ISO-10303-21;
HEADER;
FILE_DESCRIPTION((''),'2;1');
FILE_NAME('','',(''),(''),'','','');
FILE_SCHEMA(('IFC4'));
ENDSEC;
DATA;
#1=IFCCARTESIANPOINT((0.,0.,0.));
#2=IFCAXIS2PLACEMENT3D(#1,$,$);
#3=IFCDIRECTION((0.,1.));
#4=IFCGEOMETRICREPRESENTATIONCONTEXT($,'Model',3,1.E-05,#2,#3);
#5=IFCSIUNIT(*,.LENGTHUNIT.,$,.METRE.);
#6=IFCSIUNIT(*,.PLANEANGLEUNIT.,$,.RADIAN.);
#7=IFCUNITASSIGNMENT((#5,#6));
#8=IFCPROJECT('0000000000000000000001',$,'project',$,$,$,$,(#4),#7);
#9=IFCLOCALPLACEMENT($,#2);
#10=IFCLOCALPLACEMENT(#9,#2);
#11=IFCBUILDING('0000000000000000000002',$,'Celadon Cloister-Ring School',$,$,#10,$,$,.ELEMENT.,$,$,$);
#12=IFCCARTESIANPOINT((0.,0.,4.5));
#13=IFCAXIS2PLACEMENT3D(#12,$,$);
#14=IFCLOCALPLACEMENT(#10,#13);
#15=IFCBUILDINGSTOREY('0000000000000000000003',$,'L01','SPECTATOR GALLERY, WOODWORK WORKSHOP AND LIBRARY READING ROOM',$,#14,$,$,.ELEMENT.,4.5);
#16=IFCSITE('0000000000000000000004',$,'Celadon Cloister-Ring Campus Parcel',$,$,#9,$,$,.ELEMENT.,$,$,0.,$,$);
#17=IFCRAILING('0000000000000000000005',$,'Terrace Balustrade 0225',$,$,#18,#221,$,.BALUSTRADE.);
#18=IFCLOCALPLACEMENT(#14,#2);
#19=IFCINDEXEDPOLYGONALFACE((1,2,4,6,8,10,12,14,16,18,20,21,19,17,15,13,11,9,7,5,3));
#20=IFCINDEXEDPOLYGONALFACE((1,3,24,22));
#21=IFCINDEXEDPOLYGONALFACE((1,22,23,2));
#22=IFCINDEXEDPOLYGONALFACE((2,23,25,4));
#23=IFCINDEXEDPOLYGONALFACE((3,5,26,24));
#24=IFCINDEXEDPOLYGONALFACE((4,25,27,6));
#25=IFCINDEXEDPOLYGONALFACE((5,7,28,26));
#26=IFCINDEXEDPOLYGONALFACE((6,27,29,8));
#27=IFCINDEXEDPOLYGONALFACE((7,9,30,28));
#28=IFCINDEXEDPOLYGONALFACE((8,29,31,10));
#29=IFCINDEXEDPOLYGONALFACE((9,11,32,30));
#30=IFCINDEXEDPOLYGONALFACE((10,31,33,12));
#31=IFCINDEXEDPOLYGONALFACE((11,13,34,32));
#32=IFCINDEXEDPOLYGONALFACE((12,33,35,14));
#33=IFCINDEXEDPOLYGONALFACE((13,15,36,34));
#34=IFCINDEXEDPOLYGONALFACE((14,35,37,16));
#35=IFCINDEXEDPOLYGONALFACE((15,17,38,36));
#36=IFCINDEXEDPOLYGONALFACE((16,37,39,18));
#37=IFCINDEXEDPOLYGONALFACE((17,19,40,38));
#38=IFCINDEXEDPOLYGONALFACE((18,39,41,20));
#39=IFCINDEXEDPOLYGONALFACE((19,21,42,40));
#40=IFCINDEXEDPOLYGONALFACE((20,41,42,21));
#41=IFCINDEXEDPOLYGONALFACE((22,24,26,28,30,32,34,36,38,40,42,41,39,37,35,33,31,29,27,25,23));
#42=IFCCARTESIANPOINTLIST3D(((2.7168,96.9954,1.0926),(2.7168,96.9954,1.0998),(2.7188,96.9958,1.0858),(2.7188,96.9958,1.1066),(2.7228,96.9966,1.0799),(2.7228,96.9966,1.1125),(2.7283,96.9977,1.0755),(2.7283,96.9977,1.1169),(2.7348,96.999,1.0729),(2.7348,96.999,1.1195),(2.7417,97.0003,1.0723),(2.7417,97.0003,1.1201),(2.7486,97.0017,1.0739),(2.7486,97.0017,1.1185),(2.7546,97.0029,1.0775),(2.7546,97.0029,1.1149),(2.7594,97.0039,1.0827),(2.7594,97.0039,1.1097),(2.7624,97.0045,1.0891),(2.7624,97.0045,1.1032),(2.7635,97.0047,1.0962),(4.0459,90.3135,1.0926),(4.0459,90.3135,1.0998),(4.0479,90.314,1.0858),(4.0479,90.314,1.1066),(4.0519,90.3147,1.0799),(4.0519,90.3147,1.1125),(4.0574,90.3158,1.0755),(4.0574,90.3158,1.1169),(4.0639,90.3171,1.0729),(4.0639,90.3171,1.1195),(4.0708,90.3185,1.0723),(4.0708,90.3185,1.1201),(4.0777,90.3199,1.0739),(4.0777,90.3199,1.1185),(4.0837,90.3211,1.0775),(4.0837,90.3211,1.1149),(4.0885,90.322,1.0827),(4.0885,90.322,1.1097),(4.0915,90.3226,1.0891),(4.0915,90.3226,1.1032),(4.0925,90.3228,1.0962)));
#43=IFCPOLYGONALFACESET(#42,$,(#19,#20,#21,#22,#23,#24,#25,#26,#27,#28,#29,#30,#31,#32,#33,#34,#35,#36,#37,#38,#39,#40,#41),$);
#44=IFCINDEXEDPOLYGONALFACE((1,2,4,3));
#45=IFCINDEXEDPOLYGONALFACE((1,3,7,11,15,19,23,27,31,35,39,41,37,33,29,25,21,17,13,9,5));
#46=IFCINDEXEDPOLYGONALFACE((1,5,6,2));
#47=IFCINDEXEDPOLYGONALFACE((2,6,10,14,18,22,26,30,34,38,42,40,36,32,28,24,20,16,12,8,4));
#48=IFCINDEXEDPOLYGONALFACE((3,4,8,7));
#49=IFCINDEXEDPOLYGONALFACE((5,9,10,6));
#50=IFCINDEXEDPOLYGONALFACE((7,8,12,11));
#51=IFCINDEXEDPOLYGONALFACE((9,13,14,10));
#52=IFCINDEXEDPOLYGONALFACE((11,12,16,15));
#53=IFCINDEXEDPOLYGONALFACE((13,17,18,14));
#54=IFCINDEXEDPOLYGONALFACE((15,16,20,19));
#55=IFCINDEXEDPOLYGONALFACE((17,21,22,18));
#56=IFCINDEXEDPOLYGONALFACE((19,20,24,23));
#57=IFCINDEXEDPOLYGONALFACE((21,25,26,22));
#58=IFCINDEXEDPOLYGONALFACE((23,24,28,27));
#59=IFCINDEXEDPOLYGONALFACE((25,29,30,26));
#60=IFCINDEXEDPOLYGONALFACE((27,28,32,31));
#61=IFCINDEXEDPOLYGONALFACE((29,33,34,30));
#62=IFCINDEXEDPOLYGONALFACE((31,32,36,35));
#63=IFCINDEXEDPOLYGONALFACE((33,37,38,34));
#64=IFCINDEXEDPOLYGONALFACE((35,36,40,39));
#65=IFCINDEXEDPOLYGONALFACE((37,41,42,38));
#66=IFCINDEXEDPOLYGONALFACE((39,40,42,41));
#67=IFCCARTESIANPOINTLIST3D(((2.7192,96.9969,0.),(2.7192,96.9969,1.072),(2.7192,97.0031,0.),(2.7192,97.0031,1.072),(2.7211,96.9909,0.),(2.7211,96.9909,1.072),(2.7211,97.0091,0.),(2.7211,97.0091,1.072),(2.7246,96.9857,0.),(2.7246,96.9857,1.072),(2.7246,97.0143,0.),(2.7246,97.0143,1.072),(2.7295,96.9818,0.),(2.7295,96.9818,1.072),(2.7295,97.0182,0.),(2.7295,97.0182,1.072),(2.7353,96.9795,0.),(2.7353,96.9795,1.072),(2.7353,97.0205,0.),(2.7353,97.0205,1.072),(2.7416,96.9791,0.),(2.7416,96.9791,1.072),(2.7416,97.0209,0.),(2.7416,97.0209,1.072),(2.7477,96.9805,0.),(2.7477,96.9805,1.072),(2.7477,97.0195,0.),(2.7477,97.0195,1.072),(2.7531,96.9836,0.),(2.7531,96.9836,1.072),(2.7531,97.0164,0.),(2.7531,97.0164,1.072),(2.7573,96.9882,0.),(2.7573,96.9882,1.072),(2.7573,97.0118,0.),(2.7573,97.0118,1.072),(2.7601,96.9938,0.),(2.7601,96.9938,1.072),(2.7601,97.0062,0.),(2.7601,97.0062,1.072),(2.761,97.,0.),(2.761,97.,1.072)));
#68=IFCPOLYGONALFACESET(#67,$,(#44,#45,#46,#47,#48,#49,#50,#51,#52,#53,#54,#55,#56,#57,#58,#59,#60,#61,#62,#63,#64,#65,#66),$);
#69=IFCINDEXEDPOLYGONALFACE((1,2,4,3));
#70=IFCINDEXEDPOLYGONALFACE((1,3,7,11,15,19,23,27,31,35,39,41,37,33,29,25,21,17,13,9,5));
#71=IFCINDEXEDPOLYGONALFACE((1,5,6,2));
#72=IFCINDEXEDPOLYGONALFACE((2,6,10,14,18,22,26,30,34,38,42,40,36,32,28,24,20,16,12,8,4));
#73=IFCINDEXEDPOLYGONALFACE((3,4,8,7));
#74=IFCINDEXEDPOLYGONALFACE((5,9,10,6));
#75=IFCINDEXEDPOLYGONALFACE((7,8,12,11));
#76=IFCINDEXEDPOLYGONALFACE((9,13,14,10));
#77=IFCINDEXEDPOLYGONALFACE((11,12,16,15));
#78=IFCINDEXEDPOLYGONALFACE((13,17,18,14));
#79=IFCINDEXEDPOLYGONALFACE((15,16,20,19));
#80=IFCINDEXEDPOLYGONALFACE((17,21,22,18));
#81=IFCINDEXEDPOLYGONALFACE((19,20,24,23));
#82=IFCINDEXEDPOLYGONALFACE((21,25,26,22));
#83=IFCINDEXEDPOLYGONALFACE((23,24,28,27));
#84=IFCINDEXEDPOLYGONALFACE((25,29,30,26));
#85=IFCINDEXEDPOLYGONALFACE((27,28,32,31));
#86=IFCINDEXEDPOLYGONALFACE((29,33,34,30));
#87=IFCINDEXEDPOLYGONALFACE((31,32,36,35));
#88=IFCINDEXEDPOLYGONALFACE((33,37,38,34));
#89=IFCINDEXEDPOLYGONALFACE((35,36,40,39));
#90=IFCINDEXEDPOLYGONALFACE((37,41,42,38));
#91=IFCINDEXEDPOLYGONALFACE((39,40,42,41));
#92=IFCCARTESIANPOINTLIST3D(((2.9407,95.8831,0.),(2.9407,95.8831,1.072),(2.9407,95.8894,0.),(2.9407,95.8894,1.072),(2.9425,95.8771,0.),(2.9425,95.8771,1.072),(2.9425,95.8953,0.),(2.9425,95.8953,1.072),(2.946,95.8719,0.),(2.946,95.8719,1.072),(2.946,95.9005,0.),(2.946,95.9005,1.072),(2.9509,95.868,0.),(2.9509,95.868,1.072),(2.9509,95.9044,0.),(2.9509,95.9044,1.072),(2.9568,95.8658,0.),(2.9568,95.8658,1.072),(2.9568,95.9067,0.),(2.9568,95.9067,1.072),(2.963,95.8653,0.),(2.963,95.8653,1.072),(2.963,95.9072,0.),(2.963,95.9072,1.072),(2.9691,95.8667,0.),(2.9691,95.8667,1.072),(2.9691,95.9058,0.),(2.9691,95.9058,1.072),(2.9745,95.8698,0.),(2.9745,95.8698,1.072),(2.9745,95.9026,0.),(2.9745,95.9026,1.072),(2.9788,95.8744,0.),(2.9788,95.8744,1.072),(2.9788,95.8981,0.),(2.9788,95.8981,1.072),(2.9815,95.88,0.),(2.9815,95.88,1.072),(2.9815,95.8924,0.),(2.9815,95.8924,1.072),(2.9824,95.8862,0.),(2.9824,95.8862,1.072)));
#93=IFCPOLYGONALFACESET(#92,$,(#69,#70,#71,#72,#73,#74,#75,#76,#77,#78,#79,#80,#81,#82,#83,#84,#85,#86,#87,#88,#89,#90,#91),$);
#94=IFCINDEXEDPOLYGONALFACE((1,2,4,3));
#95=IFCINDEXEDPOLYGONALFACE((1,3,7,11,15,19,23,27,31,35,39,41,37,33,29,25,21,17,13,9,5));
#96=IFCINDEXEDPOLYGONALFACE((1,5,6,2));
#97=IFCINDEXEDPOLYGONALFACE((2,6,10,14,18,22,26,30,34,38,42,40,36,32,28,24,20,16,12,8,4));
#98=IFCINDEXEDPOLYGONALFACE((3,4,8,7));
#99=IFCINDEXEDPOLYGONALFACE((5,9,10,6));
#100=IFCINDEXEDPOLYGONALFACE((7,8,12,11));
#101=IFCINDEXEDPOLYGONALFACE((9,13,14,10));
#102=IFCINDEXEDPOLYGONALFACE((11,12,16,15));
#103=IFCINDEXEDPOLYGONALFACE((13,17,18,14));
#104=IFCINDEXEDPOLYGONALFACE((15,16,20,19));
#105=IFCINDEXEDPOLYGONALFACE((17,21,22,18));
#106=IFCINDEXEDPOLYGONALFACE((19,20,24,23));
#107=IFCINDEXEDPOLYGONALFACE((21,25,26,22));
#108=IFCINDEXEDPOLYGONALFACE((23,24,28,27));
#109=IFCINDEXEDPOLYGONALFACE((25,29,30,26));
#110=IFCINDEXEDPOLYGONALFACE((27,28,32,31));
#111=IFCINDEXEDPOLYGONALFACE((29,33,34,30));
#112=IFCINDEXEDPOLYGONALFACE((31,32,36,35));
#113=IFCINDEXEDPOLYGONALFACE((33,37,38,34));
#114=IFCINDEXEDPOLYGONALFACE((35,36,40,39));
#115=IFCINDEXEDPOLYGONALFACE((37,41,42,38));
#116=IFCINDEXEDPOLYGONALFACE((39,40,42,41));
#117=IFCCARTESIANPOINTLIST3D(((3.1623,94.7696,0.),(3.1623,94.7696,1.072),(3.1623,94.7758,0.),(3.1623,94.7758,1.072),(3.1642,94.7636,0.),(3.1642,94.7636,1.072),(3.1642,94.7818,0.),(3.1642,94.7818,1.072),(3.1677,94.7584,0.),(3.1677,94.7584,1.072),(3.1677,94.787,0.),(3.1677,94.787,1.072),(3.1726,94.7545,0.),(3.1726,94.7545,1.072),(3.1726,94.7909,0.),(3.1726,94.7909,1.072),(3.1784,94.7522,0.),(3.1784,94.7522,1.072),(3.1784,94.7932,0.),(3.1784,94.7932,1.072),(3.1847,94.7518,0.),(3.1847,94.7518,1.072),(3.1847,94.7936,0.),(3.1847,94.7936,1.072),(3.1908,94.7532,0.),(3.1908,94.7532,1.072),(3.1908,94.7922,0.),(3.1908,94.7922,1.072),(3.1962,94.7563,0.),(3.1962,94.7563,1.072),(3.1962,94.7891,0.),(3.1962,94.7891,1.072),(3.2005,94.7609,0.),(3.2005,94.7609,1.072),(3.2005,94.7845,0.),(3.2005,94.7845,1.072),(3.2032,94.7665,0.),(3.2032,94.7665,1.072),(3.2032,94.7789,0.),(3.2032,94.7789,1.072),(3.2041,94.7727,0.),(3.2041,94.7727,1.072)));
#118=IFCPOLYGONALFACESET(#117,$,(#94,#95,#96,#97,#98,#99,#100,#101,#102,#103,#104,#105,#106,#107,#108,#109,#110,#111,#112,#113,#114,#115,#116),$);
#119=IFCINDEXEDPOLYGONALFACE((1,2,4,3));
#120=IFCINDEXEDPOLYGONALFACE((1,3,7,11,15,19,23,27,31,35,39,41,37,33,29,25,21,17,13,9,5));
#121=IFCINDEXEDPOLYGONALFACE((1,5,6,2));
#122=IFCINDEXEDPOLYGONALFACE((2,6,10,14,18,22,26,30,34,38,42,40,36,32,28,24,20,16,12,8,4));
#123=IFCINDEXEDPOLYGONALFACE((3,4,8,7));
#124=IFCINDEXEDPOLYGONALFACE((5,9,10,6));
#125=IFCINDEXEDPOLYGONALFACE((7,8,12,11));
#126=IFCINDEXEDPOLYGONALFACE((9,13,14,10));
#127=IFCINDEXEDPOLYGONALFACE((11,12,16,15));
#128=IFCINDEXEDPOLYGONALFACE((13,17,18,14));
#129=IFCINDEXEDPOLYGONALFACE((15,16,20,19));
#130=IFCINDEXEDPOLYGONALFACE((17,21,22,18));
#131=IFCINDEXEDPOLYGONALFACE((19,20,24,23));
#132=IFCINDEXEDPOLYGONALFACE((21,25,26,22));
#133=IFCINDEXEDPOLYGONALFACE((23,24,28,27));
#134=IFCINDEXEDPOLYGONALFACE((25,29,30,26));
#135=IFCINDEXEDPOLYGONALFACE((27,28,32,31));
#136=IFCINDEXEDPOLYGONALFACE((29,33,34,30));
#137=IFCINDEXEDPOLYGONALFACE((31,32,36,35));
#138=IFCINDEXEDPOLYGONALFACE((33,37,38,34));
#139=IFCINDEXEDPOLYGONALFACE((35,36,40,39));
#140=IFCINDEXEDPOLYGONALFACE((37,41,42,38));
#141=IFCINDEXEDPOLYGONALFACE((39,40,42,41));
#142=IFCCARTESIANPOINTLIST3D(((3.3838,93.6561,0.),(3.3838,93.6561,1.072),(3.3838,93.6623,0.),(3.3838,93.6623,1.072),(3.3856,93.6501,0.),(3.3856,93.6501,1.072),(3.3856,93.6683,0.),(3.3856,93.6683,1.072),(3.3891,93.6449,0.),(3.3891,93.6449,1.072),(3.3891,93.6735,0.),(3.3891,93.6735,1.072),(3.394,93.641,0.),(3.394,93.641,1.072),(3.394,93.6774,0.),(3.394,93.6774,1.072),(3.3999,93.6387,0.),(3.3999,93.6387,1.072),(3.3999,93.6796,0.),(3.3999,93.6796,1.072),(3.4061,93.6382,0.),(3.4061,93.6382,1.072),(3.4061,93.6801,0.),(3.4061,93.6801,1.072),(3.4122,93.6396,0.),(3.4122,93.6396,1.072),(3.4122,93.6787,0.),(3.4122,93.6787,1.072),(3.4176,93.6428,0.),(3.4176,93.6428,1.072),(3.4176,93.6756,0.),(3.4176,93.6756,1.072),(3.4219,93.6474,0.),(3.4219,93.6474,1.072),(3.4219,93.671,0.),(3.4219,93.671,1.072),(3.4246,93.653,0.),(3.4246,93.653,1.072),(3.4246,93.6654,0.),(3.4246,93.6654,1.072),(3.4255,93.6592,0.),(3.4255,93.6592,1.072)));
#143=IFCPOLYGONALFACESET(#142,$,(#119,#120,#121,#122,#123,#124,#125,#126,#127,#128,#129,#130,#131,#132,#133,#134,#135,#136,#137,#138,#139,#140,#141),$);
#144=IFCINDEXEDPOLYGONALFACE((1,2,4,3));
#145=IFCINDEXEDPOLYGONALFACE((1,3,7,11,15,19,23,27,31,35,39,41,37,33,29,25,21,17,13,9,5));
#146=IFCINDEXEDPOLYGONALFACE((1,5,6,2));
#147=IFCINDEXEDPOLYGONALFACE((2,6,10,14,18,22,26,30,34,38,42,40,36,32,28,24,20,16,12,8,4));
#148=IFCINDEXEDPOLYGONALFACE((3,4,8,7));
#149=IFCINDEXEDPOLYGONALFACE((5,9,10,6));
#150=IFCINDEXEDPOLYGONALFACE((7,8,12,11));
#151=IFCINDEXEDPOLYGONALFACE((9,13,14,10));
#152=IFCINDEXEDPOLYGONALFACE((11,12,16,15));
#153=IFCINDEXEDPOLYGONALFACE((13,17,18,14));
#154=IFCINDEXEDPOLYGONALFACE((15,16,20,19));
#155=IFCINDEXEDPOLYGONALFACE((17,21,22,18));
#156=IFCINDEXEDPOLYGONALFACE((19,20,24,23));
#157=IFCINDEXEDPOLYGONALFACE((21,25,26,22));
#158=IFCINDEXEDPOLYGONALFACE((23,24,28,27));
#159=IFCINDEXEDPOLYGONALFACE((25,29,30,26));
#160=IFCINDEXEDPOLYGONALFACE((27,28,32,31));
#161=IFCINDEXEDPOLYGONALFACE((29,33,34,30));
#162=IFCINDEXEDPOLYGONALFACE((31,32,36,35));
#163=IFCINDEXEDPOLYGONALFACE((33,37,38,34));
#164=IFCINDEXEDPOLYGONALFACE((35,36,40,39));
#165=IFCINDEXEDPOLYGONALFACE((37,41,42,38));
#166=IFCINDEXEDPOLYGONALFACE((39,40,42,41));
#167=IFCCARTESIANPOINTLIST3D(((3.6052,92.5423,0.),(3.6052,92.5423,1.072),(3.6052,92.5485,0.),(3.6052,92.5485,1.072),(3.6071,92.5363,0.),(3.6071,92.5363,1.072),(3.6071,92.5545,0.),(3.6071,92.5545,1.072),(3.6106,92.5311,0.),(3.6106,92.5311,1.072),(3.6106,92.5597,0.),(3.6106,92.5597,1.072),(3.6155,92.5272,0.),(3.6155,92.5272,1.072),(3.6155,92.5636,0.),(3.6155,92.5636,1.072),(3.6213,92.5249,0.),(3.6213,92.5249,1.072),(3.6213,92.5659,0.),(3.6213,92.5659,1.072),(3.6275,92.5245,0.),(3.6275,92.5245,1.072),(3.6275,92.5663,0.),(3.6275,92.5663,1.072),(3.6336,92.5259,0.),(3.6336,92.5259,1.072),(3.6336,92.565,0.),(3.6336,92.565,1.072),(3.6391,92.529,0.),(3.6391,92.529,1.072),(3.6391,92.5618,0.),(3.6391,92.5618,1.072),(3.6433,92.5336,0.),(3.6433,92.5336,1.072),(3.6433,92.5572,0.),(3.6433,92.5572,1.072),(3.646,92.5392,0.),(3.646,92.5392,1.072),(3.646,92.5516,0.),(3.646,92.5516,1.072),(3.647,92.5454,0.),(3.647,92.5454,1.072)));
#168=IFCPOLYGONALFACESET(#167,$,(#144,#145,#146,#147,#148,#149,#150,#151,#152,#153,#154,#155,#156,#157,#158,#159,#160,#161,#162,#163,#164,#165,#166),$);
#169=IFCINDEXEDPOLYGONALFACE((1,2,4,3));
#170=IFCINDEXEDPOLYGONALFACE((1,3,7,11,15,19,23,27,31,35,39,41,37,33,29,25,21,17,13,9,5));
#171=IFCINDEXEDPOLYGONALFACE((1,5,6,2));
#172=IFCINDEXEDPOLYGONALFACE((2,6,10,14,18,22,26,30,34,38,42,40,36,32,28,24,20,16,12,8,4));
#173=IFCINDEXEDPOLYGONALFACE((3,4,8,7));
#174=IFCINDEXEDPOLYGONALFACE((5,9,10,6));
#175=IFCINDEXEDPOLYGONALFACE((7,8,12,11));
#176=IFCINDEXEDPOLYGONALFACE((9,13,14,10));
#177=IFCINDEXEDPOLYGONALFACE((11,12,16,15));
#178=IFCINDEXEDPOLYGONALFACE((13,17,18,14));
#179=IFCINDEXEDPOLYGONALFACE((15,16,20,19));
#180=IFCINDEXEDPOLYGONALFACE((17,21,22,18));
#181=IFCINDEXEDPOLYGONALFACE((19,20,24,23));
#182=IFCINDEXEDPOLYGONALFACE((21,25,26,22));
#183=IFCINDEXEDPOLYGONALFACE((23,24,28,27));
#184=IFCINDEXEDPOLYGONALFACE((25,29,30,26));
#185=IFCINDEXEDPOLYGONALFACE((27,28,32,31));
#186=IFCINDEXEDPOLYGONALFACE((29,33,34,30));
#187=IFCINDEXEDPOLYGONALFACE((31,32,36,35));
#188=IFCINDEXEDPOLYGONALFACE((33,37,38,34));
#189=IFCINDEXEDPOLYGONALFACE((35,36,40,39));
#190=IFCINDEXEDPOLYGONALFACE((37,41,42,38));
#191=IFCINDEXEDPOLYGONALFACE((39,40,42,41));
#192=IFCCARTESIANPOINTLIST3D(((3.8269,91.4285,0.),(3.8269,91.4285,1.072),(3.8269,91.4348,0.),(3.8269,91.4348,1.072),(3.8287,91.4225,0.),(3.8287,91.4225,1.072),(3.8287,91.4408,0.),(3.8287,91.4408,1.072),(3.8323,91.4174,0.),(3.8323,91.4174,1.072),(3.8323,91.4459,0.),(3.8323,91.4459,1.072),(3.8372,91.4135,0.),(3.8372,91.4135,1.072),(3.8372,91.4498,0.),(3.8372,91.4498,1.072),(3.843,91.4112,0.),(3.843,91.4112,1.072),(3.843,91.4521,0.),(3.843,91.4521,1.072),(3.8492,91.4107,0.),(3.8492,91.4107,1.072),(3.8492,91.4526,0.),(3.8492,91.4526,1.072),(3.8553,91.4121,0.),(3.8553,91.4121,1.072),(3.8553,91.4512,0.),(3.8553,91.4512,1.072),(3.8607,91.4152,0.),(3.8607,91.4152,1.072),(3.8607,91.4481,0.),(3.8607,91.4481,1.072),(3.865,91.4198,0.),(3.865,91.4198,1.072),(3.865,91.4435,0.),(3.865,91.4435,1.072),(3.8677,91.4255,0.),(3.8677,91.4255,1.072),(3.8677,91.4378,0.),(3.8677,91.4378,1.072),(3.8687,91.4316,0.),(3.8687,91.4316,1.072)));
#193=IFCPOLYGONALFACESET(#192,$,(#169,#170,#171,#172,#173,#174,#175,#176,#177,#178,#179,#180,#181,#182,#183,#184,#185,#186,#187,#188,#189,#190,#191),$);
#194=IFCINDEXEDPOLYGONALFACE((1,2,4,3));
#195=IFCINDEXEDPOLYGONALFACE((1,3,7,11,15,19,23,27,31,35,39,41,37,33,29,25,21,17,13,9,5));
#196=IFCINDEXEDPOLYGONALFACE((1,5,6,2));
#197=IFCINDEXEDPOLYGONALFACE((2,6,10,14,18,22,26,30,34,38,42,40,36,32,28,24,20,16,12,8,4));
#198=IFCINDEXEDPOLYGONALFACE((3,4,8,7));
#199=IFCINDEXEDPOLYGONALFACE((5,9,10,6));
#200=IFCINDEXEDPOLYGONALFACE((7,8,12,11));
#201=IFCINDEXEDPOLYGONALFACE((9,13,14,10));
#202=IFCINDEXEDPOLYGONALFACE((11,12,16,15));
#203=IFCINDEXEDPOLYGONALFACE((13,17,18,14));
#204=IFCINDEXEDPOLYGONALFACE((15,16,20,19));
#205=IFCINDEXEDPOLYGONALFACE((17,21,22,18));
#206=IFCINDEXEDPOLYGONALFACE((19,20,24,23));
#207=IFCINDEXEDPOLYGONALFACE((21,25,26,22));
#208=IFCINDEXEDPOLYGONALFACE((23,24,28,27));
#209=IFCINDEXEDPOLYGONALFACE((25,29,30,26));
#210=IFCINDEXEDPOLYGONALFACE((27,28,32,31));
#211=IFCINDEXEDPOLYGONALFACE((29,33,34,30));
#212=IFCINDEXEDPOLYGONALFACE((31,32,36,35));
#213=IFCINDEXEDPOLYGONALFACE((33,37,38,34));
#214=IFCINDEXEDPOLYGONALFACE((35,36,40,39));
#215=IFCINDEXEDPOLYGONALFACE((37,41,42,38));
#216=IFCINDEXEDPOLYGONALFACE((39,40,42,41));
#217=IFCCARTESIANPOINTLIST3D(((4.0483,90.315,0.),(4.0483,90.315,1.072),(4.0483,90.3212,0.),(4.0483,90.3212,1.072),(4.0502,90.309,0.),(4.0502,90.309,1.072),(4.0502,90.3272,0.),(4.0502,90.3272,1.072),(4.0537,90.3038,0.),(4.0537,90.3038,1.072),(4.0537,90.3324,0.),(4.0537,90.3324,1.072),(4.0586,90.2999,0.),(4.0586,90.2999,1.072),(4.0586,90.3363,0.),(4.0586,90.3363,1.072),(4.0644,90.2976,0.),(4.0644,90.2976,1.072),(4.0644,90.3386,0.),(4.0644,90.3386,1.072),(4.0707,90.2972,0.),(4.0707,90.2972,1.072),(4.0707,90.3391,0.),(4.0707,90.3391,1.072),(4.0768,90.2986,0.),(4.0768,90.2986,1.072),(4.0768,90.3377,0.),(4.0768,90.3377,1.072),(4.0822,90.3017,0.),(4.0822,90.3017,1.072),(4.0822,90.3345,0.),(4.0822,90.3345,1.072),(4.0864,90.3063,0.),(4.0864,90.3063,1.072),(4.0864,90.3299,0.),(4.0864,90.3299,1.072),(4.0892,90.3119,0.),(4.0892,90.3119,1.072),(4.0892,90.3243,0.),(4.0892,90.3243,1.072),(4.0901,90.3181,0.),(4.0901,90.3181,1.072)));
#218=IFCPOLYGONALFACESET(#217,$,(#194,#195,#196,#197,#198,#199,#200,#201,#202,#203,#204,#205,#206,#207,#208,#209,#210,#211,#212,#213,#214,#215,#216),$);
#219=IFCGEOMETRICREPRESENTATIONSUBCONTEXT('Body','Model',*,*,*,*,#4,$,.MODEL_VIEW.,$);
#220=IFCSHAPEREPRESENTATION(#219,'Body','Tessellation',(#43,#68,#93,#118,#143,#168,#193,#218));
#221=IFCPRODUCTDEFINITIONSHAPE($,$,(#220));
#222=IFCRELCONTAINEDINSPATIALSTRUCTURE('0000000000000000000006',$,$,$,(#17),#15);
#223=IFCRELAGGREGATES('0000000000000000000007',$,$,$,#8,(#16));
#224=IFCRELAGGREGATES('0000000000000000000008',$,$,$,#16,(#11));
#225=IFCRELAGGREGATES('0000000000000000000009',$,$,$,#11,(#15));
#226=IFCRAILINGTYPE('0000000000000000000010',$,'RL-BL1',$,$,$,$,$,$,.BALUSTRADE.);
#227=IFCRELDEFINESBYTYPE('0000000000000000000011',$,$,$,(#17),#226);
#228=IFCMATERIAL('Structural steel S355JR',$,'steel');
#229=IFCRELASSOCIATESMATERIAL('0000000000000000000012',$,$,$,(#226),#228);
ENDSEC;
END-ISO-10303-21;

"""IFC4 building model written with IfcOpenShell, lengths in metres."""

from ifc_helpers import new_model, si_unit, direction, frame, origin, origin_2d, place, context, subcontext, project, spatial, circle, extrude, material, type_object, element, save


model = new_model("IFC4")

# Units and contexts
model_context = context("Model", 3, precision=1e-05, world=origin(), true_north=direction((0.0, 1.0)))
body_context = subcontext(model_context, "Body", "Model", "MODEL_VIEW")
ifc_project = project(units=[si_unit("LENGTHUNIT", "METRE"), si_unit("PLANEANGLEUNIT", "RADIAN")], contexts=[model_context])

# Site, building, storey
site_placement = place(None, origin())
site = spatial("IfcSite", under=ifc_project, at=site_placement, Name="Celadon Cloister-Ring Campus Parcel", CompositionType="ELEMENT", RefElevation=0.0)
building_placement = place(site_placement, origin())
building = spatial("IfcBuilding", under=site, at=building_placement, Name="Celadon Cloister-Ring School", CompositionType="ELEMENT")
storey_placement = place(building_placement, frame((0.0, 0.0, 4.5)))
storey = spatial("IfcBuildingStorey", under=building, at=storey_placement, Name="L01", Description="SPECTATOR GALLERY, WOODWORK WORKSHOP AND LIBRARY READING ROOM", CompositionType="ELEMENT", Elevation=4.5)

# Railing
ifc_material_1 = material(Name="Structural steel S355JR", Category="steel")
railing_type_1 = type_object("IfcRailingType", Name="RL-BL1", PredefinedType="BALUSTRADE", material=ifc_material_1)
railing_1_placement = place(storey_placement, frame((2.74, 97.0, 0.0)))
element("IfcRailing", 1, at=railing_1_placement, inside=storey, type_object=railing_type_1, Name="Terrace Balustrade 0225", PredefinedType="BALUSTRADE", context=body_context, shape_type="SweptSolid", body=[
    extrude(circle(Radius=0.0239, at=origin_2d()), frame((0.0, 0.0, 1.0962), z_axis=(0.195089, -0.980786, 0.0), x_axis=(0.980786, 0.195089, 0.0)), (0.0, 0.0, 1.0), 6.8127),
    extrude(circle(Radius=0.021, at=origin_2d()), origin(), (0.0, 0.0, 1.0), 1.072),
    extrude(circle(Radius=0.021, at=origin_2d()), frame((0.2214, -1.1138, 0.0)), (0.0, 0.0, 1.0), 1.072),
    extrude(circle(Radius=0.021, at=origin_2d()), frame((0.4431, -2.2273, 0.0)), (0.0, 0.0, 1.0), 1.072),
    extrude(circle(Radius=0.021, at=origin_2d()), frame((0.6646, -3.3408, 0.0)), (0.0, 0.0, 1.0), 1.072),
    extrude(circle(Radius=0.021, at=origin_2d()), frame((0.886, -4.4546, 0.0)), (0.0, 0.0, 1.0), 1.072),
    extrude(circle(Radius=0.021, at=origin_2d()), frame((1.1077, -5.5684, 0.0)), (0.0, 0.0, 1.0), 1.072),
    extrude(circle(Radius=0.021, at=origin_2d()), frame((1.3291, -6.6819, 0.0)), (0.0, 0.0, 1.0), 1.072),
])

save(model, "model.ifc")
